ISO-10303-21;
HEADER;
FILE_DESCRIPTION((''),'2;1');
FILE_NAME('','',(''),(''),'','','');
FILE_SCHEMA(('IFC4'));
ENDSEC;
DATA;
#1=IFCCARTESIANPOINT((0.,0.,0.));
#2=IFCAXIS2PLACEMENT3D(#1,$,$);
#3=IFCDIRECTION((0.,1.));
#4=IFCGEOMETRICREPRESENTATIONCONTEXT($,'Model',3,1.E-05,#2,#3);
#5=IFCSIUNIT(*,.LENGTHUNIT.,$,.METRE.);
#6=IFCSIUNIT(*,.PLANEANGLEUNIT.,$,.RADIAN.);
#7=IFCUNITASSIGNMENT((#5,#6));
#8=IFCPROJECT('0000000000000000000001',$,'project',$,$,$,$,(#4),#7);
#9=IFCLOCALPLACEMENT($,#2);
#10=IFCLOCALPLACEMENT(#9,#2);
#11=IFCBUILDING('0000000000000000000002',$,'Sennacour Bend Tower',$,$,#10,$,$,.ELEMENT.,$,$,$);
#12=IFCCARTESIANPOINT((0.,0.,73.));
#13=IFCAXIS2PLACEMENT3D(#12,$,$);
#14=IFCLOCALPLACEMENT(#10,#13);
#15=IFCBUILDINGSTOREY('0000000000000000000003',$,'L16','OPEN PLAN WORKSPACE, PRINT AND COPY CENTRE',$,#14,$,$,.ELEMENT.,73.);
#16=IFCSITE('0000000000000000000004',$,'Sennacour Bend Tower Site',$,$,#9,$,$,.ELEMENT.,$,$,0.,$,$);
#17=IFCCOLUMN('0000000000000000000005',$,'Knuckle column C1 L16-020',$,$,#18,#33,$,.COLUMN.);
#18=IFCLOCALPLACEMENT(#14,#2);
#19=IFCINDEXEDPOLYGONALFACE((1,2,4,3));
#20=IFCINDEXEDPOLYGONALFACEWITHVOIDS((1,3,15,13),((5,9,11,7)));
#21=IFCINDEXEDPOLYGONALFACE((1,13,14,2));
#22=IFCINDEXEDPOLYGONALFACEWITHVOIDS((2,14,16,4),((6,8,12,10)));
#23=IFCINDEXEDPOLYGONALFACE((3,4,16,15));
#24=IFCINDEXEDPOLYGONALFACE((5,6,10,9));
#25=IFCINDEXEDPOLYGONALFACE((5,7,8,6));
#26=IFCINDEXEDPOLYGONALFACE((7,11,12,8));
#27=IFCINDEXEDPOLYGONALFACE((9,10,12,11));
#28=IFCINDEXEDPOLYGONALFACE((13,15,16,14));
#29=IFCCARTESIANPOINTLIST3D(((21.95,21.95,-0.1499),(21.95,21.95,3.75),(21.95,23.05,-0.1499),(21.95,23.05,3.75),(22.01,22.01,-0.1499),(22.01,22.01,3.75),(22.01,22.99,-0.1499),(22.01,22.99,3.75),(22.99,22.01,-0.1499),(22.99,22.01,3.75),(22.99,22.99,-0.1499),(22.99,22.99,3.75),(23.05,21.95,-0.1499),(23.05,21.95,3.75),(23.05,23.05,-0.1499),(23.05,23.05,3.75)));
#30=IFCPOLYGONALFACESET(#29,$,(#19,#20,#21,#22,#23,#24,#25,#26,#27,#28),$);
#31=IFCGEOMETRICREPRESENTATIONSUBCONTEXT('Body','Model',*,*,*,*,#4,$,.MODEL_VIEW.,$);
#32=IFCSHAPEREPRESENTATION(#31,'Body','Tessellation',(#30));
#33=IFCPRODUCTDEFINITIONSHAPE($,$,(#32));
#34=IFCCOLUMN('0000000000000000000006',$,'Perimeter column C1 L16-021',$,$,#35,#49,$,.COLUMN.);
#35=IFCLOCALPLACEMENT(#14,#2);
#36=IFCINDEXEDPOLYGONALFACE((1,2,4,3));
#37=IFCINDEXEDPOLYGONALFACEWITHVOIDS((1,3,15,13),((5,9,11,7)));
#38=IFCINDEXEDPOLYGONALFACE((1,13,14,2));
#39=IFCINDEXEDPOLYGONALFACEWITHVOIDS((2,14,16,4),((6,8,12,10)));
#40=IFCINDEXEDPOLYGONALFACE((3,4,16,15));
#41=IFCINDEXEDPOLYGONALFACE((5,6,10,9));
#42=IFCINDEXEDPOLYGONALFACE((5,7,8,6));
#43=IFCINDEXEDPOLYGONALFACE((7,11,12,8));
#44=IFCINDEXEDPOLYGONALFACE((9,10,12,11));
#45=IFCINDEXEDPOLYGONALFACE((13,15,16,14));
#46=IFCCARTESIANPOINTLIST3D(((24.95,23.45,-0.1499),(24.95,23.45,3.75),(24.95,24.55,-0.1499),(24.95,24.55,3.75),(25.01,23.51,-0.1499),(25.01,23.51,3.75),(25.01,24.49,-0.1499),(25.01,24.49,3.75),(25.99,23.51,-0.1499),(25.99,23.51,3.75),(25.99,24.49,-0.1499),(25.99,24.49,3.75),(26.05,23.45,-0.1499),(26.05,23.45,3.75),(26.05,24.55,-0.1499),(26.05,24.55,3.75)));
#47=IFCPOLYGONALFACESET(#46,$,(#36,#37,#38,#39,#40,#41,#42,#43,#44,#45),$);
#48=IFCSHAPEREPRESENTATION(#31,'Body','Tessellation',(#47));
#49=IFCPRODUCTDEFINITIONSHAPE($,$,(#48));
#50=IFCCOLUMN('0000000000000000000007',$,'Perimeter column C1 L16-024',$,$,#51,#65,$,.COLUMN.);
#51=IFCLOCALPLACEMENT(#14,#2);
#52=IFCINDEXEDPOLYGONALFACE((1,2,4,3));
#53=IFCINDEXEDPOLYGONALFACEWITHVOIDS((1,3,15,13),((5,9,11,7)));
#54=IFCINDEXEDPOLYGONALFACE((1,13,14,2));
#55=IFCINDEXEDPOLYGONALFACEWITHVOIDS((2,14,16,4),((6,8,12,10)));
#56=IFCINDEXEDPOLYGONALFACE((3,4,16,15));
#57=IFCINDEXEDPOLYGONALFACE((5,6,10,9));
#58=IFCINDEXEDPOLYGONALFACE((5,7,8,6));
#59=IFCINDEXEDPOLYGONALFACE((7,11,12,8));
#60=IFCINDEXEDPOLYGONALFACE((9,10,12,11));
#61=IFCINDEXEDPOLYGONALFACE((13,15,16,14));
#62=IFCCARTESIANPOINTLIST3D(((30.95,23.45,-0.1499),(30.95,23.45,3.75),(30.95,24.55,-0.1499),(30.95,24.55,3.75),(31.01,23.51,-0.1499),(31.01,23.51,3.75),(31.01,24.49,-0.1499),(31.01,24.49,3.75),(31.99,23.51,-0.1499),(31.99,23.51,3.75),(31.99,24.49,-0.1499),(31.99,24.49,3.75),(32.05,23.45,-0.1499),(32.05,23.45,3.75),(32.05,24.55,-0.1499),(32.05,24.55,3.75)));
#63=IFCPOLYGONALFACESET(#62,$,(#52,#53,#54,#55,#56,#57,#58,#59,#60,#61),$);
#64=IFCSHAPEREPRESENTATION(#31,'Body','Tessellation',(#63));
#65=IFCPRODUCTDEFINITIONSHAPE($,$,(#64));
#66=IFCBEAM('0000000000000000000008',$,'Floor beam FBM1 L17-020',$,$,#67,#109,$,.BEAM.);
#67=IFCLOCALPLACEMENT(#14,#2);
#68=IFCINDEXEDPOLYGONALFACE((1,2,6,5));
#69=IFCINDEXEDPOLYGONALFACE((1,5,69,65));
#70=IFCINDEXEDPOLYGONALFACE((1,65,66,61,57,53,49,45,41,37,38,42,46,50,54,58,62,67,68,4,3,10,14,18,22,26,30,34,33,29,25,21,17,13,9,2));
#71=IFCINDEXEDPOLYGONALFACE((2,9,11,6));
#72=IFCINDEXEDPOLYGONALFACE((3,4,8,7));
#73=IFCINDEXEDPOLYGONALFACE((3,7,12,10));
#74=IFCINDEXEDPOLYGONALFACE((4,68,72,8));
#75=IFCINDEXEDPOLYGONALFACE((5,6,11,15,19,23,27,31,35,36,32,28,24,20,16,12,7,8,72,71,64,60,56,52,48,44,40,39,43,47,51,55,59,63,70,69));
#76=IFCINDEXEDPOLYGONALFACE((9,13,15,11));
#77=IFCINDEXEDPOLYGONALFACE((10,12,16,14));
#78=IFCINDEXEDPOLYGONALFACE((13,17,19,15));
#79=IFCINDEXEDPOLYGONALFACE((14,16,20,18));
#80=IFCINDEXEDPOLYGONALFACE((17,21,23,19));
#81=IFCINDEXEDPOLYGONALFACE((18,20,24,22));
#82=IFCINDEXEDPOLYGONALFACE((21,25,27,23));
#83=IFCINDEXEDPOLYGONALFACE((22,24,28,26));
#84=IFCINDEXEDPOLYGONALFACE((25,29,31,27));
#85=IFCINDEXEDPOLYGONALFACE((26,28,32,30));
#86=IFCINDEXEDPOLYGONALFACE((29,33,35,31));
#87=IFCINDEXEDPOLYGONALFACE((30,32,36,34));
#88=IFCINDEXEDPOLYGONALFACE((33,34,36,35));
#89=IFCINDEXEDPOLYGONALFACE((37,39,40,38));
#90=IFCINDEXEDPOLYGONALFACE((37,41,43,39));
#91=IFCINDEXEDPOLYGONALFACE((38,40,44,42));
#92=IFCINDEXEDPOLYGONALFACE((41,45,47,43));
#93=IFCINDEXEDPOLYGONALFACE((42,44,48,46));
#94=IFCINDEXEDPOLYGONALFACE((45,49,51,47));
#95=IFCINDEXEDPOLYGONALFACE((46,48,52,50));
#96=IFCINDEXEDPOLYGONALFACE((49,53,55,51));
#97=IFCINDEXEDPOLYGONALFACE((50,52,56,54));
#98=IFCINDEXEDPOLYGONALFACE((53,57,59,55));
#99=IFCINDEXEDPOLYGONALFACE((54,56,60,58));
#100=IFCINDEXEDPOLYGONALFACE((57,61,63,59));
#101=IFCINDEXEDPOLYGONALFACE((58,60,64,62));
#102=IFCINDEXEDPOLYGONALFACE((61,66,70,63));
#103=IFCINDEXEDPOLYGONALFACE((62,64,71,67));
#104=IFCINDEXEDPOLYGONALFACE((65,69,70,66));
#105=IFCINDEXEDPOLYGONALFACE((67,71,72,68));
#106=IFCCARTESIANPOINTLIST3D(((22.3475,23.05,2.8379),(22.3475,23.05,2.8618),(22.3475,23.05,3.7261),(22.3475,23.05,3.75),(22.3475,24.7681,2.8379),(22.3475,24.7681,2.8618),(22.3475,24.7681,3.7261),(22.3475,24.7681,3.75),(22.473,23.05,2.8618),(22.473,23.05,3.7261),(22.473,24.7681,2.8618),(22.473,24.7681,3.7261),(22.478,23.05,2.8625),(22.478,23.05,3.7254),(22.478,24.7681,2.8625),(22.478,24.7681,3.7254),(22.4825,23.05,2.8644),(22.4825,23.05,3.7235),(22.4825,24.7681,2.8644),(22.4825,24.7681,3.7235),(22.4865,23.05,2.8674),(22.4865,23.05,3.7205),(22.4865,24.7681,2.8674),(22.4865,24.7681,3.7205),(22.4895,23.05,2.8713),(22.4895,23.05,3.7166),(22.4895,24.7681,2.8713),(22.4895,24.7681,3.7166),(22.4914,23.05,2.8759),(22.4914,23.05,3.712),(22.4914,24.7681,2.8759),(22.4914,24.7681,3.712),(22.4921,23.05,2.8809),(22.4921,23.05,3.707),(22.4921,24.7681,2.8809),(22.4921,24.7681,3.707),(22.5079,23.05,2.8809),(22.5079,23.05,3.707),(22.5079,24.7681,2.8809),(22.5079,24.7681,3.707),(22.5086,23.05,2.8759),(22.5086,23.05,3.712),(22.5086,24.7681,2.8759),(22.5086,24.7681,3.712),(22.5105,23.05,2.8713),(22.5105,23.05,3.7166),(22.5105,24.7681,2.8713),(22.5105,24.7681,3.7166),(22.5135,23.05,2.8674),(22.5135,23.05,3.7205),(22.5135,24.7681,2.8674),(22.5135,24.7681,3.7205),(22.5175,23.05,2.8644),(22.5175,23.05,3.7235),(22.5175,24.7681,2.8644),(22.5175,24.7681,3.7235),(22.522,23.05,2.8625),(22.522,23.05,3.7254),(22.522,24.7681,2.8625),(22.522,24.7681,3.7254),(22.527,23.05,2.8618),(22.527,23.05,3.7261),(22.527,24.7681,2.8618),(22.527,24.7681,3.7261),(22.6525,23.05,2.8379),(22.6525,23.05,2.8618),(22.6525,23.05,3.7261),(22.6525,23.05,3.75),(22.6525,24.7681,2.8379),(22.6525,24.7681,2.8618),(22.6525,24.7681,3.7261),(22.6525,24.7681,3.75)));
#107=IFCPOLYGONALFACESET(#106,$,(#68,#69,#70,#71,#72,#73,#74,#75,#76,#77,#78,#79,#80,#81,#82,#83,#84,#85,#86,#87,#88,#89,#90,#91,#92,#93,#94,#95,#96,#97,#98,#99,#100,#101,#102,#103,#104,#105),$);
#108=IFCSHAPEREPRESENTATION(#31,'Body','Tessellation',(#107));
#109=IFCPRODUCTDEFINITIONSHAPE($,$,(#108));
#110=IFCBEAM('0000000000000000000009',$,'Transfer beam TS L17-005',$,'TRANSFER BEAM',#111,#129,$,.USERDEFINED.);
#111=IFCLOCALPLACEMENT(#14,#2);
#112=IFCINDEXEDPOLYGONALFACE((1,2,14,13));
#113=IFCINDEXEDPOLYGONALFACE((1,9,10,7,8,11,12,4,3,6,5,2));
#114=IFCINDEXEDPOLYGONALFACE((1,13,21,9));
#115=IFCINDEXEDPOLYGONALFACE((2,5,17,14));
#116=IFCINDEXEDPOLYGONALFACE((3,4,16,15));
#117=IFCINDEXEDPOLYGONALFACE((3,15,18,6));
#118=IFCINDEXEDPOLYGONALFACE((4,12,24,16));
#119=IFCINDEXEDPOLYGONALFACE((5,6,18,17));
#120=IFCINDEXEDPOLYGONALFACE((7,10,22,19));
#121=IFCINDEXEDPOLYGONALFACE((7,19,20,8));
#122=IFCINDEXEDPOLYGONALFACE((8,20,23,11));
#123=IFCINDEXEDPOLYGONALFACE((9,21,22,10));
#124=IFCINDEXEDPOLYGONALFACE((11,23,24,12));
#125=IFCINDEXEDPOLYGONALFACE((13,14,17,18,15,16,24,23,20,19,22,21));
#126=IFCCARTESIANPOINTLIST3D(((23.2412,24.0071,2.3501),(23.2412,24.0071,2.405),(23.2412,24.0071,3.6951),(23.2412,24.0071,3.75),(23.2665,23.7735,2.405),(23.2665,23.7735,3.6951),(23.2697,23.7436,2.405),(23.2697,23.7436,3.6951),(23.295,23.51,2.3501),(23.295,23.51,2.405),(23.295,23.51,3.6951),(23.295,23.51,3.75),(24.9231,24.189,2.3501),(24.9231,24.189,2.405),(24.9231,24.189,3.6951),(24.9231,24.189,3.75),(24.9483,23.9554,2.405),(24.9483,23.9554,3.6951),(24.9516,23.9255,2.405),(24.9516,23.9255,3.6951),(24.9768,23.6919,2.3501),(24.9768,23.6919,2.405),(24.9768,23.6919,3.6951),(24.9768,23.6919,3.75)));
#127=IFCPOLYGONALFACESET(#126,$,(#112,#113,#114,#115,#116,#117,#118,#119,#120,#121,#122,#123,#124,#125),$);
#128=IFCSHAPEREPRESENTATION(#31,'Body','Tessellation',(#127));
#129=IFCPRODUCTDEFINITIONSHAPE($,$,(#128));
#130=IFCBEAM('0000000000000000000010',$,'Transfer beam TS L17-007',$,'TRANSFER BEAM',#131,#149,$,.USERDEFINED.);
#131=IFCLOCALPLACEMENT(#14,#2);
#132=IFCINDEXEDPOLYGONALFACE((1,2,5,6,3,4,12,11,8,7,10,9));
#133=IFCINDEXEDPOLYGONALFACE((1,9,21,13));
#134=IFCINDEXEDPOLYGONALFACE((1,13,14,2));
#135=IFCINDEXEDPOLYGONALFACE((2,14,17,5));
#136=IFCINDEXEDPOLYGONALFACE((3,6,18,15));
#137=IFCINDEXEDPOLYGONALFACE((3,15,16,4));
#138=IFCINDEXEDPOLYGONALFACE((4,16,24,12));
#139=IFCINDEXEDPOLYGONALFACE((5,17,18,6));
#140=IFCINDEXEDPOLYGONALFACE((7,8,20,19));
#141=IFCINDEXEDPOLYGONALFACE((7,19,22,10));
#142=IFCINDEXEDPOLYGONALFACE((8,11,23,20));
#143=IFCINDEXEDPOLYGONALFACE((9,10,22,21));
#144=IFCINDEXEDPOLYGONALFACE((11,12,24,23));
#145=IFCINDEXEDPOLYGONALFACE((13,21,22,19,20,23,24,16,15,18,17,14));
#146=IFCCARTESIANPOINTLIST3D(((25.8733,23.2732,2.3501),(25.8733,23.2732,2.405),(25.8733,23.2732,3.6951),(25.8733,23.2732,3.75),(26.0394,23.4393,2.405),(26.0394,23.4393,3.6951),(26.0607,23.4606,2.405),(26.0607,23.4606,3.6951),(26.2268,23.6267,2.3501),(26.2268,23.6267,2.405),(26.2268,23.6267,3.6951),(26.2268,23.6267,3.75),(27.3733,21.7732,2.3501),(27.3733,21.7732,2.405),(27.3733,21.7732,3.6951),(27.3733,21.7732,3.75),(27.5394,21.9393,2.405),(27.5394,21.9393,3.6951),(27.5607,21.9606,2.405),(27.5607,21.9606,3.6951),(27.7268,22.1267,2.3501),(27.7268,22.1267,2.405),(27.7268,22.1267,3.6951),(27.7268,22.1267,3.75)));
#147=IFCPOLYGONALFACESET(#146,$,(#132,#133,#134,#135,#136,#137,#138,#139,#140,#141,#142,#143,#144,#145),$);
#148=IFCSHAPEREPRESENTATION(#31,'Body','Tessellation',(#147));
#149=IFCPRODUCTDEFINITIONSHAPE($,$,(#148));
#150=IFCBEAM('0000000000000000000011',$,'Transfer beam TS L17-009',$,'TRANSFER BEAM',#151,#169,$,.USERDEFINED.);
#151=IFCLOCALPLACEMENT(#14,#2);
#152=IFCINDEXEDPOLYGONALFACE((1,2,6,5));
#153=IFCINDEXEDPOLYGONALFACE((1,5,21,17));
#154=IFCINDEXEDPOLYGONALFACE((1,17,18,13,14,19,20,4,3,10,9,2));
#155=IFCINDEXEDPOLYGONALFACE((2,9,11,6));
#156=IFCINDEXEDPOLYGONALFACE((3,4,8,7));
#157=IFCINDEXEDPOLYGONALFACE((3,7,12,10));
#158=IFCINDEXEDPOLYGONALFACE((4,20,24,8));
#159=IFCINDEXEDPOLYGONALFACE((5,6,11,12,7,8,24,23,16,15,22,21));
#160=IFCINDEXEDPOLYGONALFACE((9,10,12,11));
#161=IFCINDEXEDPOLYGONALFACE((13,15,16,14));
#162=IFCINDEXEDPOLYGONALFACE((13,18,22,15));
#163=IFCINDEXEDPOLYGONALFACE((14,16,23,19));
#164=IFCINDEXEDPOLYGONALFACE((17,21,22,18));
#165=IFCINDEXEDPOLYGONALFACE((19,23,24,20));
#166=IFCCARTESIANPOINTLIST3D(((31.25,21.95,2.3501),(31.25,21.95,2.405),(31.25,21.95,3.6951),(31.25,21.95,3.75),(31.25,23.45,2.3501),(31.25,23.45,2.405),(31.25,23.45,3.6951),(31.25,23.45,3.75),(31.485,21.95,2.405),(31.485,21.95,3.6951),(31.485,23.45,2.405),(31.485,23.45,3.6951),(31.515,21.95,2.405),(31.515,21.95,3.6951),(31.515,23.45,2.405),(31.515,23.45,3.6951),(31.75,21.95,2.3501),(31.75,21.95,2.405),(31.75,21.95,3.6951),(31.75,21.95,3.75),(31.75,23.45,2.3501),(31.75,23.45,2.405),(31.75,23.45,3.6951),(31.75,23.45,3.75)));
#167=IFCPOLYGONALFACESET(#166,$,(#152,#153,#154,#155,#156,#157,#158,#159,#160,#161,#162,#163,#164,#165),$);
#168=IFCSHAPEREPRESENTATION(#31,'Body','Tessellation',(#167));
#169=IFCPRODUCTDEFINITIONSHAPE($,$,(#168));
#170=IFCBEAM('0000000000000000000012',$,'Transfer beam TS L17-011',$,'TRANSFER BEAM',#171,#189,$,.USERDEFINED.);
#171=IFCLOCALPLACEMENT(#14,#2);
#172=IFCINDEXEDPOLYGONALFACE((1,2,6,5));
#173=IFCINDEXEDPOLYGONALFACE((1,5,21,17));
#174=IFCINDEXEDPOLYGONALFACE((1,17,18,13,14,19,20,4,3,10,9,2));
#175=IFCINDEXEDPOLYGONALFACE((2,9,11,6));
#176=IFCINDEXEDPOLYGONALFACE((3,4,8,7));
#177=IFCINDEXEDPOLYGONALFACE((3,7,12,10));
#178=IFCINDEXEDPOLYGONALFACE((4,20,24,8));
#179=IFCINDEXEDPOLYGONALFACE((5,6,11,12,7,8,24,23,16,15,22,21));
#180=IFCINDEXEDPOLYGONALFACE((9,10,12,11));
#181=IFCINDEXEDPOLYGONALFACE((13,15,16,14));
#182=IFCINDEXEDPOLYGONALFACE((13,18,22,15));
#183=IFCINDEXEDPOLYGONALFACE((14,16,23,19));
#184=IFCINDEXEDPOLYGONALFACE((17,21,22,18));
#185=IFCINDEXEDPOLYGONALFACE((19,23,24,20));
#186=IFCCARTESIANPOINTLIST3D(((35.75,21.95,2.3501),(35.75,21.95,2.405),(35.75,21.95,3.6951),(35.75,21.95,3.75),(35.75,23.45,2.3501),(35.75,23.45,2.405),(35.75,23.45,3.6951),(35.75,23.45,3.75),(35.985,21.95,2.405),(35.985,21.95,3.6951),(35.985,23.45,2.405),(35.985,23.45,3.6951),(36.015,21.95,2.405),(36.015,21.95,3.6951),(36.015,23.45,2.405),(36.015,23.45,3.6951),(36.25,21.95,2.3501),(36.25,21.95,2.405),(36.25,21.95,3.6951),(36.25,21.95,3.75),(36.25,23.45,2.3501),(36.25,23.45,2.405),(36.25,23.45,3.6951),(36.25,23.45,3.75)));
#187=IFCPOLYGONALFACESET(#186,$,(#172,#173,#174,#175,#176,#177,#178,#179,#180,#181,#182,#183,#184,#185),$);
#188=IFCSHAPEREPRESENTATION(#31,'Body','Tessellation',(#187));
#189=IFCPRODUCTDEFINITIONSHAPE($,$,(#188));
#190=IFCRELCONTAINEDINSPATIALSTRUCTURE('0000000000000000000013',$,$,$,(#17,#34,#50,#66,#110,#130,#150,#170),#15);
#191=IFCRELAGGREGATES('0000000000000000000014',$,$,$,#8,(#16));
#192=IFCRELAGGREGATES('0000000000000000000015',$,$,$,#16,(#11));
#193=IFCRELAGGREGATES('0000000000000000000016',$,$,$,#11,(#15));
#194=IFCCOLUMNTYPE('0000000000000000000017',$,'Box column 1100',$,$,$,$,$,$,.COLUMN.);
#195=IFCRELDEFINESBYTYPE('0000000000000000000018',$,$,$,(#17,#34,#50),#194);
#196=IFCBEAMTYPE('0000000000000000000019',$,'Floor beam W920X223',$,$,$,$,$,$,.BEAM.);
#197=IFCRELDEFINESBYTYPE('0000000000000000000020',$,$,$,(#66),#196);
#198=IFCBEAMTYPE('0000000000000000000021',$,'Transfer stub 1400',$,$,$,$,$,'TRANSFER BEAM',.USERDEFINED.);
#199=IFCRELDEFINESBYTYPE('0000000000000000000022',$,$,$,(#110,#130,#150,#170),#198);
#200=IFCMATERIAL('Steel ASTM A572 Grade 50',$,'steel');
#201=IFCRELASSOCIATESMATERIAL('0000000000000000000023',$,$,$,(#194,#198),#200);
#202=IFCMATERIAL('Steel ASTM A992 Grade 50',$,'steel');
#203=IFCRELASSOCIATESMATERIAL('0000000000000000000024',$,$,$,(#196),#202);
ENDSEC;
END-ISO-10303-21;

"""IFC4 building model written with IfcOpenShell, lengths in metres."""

from ifc_helpers import new_model, si_unit, direction, frame, origin, origin_2d, place, context, subcontext, project, spatial, hollow_rectangle, i_section, extrude, material, material_profile, profile_set, type_object, element, save


model = new_model("IFC4")

# Units and contexts
model_context = context("Model", 3, precision=1e-05, world=origin(), true_north=direction((0.0, 1.0)))
body_context = subcontext(model_context, "Body", "Model", "MODEL_VIEW")
ifc_project = project(units=[si_unit("LENGTHUNIT", "METRE"), si_unit("PLANEANGLEUNIT", "RADIAN")], contexts=[model_context])

# Site, building, storey
site_placement = place(None, origin())
site = spatial("IfcSite", under=ifc_project, at=site_placement, Name="Sennacour Bend Tower Site", CompositionType="ELEMENT", RefElevation=0.0)
building_placement = place(site_placement, origin())
building = spatial("IfcBuilding", under=site, at=building_placement, Name="Sennacour Bend Tower", CompositionType="ELEMENT")
storey_placement = place(building_placement, frame((0.0, 0.0, 73.0)))
storey = spatial("IfcBuildingStorey", under=building, at=storey_placement, Name="L16", Description="OPEN PLAN WORKSPACE, PRINT AND COPY CENTRE", CompositionType="ELEMENT", Elevation=73.0)

# Columns
ifc_material_1 = material(Name="Steel ASTM A572 Grade 50", Category="steel")
ifc_material_profile_1 = material_profile(ifc_material_1, hollow_rectangle(XDim=1.1001, YDim=1.1001, WallThickness=0.0601, at=origin_2d()), Name="Steel ASTM A572 Grade 50", Category="steel")
ifc_profile_set_1 = profile_set([ifc_material_profile_1], Name="Steel ASTM A572 Grade 50")
column_type = type_object("IfcColumnType", Name="Box column 1100", PredefinedType="COLUMN", material=ifc_profile_set_1)
for number, where, z_axis, x_axis, name in (
    (1, (22.5, 22.5, -0.1499), (0.0, 0.0, 1.0), (1.0, 0.0, 0.0), "Knuckle column C1 L16-020"),
    (2, (25.5, 24.0, -0.1499), (0.0, 0.0, 1.0), (1.0, 0.0, 0.0), "Perimeter column C1 L16-021"),
    (3, (31.5, 24.0, -0.1499), (0.0, 0.0, 1.0), (1.0, 0.0, 0.0), "Perimeter column C1 L16-024"),
):
    element("IfcColumn", number, at=place(storey_placement, frame(where, z_axis=z_axis, x_axis=x_axis)), inside=storey, type_object=column_type, Name=name, PredefinedType="COLUMN", context=body_context, shape_type="SweptSolid", body=[
        extrude(hollow_rectangle(XDim=1.1001, YDim=1.1001, WallThickness=0.0601, at=origin_2d()), origin(), (0.0, 0.0, 1.0), 3.8999),
    ])

# Beams
ifc_material_2 = material(Name="Steel ASTM A992 Grade 50", Category="steel")
ifc_material_profile_2 = material_profile(ifc_material_2, i_section(OverallWidth=0.3049, OverallDepth=0.9121, WebThickness=0.0159, FlangeThickness=0.0239, FilletRadius=0.019, at=origin_2d()), Name="Steel ASTM A992 Grade 50", Category="steel")
ifc_profile_set_2 = profile_set([ifc_material_profile_2], Name="Steel ASTM A992 Grade 50")
beam_type_1 = type_object("IfcBeamType", Name="Floor beam W920X223", PredefinedType="BEAM", material=ifc_profile_set_2)
beam_1_placement = place(storey_placement, frame((22.5, 23.05, 3.2939), z_axis=(0.0, 1.0, 0.0), x_axis=(-1.0, 0.0, 0.0)))
element("IfcBeam", 4, at=beam_1_placement, inside=storey, type_object=beam_type_1, Name="Floor beam FBM1 L17-020", PredefinedType="BEAM", context=body_context, shape_type="SweptSolid", body=[
    extrude(i_section(OverallWidth=0.3049, OverallDepth=0.9121, WebThickness=0.0159, FlangeThickness=0.0239, FilletRadius=0.019, at=origin_2d()), origin(), (0.0, 0.0, 1.0), 1.718),
])
ifc_material_profile_3 = material_profile(ifc_material_1, i_section(OverallWidth=0.5, OverallDepth=1.3999, WebThickness=0.03, FlangeThickness=0.0549, at=origin_2d()), Name="Steel ASTM A572 Grade 50", Category="steel")
ifc_profile_set_3 = profile_set([ifc_material_profile_3], Name="Steel ASTM A572 Grade 50")
beam_type_2 = type_object("IfcBeamType", Name="Transfer stub 1400", ElementType="TRANSFER BEAM", PredefinedType="USERDEFINED", material=ifc_profile_set_3)
beam_2_placement = place(storey_placement, frame((24.95, 23.9404, 3.05), z_axis=(-0.994203, -0.107517, 0.0), x_axis=(0.107517, -0.994203, 0.0)))
element("IfcBeam", 5, at=beam_2_placement, inside=storey, type_object=beam_type_2, Name="Transfer beam TS L17-005", ObjectType="TRANSFER BEAM", PredefinedType="USERDEFINED", context=body_context, shape_type="SweptSolid", body=[
    extrude(i_section(OverallWidth=0.5, OverallDepth=1.3999, WebThickness=0.03, FlangeThickness=0.0549, at=origin_2d()), origin(), (0.0, 0.0, 1.0), 1.6917),
])
beam_3_placement = place(storey_placement, frame((26.05, 23.45, 3.05), z_axis=(0.707107, -0.707107, 0.0), x_axis=(0.707107, 0.707107, 0.0)))
element("IfcBeam", 6, at=beam_3_placement, inside=storey, type_object=beam_type_2, Name="Transfer beam TS L17-007", ObjectType="TRANSFER BEAM", PredefinedType="USERDEFINED", context=body_context, shape_type="SweptSolid", body=[
    extrude(i_section(OverallWidth=0.5, OverallDepth=1.3999, WebThickness=0.03, FlangeThickness=0.0549, at=origin_2d()), origin(), (0.0, 0.0, 1.0), 2.1213),
])
for number, where, z_axis, x_axis, name in (
    (7, (31.5, 23.45, 3.05), (0.0, -1.0, 0.0), (1.0, 0.0, 0.0), "Transfer beam TS L17-009"),
    (8, (36.0, 23.45, 3.05), (0.0, -1.0, 0.0), (1.0, 0.0, 0.0), "Transfer beam TS L17-011"),
):
    element("IfcBeam", number, at=place(storey_placement, frame(where, z_axis=z_axis, x_axis=x_axis)), inside=storey, type_object=beam_type_2, Name=name, ObjectType="TRANSFER BEAM", PredefinedType="USERDEFINED", context=body_context, shape_type="SweptSolid", body=[
        extrude(i_section(OverallWidth=0.5, OverallDepth=1.3999, WebThickness=0.03, FlangeThickness=0.0549, at=origin_2d()), origin(), (0.0, 0.0, 1.0), 1.5),
    ])

save(model, "model.ifc")
